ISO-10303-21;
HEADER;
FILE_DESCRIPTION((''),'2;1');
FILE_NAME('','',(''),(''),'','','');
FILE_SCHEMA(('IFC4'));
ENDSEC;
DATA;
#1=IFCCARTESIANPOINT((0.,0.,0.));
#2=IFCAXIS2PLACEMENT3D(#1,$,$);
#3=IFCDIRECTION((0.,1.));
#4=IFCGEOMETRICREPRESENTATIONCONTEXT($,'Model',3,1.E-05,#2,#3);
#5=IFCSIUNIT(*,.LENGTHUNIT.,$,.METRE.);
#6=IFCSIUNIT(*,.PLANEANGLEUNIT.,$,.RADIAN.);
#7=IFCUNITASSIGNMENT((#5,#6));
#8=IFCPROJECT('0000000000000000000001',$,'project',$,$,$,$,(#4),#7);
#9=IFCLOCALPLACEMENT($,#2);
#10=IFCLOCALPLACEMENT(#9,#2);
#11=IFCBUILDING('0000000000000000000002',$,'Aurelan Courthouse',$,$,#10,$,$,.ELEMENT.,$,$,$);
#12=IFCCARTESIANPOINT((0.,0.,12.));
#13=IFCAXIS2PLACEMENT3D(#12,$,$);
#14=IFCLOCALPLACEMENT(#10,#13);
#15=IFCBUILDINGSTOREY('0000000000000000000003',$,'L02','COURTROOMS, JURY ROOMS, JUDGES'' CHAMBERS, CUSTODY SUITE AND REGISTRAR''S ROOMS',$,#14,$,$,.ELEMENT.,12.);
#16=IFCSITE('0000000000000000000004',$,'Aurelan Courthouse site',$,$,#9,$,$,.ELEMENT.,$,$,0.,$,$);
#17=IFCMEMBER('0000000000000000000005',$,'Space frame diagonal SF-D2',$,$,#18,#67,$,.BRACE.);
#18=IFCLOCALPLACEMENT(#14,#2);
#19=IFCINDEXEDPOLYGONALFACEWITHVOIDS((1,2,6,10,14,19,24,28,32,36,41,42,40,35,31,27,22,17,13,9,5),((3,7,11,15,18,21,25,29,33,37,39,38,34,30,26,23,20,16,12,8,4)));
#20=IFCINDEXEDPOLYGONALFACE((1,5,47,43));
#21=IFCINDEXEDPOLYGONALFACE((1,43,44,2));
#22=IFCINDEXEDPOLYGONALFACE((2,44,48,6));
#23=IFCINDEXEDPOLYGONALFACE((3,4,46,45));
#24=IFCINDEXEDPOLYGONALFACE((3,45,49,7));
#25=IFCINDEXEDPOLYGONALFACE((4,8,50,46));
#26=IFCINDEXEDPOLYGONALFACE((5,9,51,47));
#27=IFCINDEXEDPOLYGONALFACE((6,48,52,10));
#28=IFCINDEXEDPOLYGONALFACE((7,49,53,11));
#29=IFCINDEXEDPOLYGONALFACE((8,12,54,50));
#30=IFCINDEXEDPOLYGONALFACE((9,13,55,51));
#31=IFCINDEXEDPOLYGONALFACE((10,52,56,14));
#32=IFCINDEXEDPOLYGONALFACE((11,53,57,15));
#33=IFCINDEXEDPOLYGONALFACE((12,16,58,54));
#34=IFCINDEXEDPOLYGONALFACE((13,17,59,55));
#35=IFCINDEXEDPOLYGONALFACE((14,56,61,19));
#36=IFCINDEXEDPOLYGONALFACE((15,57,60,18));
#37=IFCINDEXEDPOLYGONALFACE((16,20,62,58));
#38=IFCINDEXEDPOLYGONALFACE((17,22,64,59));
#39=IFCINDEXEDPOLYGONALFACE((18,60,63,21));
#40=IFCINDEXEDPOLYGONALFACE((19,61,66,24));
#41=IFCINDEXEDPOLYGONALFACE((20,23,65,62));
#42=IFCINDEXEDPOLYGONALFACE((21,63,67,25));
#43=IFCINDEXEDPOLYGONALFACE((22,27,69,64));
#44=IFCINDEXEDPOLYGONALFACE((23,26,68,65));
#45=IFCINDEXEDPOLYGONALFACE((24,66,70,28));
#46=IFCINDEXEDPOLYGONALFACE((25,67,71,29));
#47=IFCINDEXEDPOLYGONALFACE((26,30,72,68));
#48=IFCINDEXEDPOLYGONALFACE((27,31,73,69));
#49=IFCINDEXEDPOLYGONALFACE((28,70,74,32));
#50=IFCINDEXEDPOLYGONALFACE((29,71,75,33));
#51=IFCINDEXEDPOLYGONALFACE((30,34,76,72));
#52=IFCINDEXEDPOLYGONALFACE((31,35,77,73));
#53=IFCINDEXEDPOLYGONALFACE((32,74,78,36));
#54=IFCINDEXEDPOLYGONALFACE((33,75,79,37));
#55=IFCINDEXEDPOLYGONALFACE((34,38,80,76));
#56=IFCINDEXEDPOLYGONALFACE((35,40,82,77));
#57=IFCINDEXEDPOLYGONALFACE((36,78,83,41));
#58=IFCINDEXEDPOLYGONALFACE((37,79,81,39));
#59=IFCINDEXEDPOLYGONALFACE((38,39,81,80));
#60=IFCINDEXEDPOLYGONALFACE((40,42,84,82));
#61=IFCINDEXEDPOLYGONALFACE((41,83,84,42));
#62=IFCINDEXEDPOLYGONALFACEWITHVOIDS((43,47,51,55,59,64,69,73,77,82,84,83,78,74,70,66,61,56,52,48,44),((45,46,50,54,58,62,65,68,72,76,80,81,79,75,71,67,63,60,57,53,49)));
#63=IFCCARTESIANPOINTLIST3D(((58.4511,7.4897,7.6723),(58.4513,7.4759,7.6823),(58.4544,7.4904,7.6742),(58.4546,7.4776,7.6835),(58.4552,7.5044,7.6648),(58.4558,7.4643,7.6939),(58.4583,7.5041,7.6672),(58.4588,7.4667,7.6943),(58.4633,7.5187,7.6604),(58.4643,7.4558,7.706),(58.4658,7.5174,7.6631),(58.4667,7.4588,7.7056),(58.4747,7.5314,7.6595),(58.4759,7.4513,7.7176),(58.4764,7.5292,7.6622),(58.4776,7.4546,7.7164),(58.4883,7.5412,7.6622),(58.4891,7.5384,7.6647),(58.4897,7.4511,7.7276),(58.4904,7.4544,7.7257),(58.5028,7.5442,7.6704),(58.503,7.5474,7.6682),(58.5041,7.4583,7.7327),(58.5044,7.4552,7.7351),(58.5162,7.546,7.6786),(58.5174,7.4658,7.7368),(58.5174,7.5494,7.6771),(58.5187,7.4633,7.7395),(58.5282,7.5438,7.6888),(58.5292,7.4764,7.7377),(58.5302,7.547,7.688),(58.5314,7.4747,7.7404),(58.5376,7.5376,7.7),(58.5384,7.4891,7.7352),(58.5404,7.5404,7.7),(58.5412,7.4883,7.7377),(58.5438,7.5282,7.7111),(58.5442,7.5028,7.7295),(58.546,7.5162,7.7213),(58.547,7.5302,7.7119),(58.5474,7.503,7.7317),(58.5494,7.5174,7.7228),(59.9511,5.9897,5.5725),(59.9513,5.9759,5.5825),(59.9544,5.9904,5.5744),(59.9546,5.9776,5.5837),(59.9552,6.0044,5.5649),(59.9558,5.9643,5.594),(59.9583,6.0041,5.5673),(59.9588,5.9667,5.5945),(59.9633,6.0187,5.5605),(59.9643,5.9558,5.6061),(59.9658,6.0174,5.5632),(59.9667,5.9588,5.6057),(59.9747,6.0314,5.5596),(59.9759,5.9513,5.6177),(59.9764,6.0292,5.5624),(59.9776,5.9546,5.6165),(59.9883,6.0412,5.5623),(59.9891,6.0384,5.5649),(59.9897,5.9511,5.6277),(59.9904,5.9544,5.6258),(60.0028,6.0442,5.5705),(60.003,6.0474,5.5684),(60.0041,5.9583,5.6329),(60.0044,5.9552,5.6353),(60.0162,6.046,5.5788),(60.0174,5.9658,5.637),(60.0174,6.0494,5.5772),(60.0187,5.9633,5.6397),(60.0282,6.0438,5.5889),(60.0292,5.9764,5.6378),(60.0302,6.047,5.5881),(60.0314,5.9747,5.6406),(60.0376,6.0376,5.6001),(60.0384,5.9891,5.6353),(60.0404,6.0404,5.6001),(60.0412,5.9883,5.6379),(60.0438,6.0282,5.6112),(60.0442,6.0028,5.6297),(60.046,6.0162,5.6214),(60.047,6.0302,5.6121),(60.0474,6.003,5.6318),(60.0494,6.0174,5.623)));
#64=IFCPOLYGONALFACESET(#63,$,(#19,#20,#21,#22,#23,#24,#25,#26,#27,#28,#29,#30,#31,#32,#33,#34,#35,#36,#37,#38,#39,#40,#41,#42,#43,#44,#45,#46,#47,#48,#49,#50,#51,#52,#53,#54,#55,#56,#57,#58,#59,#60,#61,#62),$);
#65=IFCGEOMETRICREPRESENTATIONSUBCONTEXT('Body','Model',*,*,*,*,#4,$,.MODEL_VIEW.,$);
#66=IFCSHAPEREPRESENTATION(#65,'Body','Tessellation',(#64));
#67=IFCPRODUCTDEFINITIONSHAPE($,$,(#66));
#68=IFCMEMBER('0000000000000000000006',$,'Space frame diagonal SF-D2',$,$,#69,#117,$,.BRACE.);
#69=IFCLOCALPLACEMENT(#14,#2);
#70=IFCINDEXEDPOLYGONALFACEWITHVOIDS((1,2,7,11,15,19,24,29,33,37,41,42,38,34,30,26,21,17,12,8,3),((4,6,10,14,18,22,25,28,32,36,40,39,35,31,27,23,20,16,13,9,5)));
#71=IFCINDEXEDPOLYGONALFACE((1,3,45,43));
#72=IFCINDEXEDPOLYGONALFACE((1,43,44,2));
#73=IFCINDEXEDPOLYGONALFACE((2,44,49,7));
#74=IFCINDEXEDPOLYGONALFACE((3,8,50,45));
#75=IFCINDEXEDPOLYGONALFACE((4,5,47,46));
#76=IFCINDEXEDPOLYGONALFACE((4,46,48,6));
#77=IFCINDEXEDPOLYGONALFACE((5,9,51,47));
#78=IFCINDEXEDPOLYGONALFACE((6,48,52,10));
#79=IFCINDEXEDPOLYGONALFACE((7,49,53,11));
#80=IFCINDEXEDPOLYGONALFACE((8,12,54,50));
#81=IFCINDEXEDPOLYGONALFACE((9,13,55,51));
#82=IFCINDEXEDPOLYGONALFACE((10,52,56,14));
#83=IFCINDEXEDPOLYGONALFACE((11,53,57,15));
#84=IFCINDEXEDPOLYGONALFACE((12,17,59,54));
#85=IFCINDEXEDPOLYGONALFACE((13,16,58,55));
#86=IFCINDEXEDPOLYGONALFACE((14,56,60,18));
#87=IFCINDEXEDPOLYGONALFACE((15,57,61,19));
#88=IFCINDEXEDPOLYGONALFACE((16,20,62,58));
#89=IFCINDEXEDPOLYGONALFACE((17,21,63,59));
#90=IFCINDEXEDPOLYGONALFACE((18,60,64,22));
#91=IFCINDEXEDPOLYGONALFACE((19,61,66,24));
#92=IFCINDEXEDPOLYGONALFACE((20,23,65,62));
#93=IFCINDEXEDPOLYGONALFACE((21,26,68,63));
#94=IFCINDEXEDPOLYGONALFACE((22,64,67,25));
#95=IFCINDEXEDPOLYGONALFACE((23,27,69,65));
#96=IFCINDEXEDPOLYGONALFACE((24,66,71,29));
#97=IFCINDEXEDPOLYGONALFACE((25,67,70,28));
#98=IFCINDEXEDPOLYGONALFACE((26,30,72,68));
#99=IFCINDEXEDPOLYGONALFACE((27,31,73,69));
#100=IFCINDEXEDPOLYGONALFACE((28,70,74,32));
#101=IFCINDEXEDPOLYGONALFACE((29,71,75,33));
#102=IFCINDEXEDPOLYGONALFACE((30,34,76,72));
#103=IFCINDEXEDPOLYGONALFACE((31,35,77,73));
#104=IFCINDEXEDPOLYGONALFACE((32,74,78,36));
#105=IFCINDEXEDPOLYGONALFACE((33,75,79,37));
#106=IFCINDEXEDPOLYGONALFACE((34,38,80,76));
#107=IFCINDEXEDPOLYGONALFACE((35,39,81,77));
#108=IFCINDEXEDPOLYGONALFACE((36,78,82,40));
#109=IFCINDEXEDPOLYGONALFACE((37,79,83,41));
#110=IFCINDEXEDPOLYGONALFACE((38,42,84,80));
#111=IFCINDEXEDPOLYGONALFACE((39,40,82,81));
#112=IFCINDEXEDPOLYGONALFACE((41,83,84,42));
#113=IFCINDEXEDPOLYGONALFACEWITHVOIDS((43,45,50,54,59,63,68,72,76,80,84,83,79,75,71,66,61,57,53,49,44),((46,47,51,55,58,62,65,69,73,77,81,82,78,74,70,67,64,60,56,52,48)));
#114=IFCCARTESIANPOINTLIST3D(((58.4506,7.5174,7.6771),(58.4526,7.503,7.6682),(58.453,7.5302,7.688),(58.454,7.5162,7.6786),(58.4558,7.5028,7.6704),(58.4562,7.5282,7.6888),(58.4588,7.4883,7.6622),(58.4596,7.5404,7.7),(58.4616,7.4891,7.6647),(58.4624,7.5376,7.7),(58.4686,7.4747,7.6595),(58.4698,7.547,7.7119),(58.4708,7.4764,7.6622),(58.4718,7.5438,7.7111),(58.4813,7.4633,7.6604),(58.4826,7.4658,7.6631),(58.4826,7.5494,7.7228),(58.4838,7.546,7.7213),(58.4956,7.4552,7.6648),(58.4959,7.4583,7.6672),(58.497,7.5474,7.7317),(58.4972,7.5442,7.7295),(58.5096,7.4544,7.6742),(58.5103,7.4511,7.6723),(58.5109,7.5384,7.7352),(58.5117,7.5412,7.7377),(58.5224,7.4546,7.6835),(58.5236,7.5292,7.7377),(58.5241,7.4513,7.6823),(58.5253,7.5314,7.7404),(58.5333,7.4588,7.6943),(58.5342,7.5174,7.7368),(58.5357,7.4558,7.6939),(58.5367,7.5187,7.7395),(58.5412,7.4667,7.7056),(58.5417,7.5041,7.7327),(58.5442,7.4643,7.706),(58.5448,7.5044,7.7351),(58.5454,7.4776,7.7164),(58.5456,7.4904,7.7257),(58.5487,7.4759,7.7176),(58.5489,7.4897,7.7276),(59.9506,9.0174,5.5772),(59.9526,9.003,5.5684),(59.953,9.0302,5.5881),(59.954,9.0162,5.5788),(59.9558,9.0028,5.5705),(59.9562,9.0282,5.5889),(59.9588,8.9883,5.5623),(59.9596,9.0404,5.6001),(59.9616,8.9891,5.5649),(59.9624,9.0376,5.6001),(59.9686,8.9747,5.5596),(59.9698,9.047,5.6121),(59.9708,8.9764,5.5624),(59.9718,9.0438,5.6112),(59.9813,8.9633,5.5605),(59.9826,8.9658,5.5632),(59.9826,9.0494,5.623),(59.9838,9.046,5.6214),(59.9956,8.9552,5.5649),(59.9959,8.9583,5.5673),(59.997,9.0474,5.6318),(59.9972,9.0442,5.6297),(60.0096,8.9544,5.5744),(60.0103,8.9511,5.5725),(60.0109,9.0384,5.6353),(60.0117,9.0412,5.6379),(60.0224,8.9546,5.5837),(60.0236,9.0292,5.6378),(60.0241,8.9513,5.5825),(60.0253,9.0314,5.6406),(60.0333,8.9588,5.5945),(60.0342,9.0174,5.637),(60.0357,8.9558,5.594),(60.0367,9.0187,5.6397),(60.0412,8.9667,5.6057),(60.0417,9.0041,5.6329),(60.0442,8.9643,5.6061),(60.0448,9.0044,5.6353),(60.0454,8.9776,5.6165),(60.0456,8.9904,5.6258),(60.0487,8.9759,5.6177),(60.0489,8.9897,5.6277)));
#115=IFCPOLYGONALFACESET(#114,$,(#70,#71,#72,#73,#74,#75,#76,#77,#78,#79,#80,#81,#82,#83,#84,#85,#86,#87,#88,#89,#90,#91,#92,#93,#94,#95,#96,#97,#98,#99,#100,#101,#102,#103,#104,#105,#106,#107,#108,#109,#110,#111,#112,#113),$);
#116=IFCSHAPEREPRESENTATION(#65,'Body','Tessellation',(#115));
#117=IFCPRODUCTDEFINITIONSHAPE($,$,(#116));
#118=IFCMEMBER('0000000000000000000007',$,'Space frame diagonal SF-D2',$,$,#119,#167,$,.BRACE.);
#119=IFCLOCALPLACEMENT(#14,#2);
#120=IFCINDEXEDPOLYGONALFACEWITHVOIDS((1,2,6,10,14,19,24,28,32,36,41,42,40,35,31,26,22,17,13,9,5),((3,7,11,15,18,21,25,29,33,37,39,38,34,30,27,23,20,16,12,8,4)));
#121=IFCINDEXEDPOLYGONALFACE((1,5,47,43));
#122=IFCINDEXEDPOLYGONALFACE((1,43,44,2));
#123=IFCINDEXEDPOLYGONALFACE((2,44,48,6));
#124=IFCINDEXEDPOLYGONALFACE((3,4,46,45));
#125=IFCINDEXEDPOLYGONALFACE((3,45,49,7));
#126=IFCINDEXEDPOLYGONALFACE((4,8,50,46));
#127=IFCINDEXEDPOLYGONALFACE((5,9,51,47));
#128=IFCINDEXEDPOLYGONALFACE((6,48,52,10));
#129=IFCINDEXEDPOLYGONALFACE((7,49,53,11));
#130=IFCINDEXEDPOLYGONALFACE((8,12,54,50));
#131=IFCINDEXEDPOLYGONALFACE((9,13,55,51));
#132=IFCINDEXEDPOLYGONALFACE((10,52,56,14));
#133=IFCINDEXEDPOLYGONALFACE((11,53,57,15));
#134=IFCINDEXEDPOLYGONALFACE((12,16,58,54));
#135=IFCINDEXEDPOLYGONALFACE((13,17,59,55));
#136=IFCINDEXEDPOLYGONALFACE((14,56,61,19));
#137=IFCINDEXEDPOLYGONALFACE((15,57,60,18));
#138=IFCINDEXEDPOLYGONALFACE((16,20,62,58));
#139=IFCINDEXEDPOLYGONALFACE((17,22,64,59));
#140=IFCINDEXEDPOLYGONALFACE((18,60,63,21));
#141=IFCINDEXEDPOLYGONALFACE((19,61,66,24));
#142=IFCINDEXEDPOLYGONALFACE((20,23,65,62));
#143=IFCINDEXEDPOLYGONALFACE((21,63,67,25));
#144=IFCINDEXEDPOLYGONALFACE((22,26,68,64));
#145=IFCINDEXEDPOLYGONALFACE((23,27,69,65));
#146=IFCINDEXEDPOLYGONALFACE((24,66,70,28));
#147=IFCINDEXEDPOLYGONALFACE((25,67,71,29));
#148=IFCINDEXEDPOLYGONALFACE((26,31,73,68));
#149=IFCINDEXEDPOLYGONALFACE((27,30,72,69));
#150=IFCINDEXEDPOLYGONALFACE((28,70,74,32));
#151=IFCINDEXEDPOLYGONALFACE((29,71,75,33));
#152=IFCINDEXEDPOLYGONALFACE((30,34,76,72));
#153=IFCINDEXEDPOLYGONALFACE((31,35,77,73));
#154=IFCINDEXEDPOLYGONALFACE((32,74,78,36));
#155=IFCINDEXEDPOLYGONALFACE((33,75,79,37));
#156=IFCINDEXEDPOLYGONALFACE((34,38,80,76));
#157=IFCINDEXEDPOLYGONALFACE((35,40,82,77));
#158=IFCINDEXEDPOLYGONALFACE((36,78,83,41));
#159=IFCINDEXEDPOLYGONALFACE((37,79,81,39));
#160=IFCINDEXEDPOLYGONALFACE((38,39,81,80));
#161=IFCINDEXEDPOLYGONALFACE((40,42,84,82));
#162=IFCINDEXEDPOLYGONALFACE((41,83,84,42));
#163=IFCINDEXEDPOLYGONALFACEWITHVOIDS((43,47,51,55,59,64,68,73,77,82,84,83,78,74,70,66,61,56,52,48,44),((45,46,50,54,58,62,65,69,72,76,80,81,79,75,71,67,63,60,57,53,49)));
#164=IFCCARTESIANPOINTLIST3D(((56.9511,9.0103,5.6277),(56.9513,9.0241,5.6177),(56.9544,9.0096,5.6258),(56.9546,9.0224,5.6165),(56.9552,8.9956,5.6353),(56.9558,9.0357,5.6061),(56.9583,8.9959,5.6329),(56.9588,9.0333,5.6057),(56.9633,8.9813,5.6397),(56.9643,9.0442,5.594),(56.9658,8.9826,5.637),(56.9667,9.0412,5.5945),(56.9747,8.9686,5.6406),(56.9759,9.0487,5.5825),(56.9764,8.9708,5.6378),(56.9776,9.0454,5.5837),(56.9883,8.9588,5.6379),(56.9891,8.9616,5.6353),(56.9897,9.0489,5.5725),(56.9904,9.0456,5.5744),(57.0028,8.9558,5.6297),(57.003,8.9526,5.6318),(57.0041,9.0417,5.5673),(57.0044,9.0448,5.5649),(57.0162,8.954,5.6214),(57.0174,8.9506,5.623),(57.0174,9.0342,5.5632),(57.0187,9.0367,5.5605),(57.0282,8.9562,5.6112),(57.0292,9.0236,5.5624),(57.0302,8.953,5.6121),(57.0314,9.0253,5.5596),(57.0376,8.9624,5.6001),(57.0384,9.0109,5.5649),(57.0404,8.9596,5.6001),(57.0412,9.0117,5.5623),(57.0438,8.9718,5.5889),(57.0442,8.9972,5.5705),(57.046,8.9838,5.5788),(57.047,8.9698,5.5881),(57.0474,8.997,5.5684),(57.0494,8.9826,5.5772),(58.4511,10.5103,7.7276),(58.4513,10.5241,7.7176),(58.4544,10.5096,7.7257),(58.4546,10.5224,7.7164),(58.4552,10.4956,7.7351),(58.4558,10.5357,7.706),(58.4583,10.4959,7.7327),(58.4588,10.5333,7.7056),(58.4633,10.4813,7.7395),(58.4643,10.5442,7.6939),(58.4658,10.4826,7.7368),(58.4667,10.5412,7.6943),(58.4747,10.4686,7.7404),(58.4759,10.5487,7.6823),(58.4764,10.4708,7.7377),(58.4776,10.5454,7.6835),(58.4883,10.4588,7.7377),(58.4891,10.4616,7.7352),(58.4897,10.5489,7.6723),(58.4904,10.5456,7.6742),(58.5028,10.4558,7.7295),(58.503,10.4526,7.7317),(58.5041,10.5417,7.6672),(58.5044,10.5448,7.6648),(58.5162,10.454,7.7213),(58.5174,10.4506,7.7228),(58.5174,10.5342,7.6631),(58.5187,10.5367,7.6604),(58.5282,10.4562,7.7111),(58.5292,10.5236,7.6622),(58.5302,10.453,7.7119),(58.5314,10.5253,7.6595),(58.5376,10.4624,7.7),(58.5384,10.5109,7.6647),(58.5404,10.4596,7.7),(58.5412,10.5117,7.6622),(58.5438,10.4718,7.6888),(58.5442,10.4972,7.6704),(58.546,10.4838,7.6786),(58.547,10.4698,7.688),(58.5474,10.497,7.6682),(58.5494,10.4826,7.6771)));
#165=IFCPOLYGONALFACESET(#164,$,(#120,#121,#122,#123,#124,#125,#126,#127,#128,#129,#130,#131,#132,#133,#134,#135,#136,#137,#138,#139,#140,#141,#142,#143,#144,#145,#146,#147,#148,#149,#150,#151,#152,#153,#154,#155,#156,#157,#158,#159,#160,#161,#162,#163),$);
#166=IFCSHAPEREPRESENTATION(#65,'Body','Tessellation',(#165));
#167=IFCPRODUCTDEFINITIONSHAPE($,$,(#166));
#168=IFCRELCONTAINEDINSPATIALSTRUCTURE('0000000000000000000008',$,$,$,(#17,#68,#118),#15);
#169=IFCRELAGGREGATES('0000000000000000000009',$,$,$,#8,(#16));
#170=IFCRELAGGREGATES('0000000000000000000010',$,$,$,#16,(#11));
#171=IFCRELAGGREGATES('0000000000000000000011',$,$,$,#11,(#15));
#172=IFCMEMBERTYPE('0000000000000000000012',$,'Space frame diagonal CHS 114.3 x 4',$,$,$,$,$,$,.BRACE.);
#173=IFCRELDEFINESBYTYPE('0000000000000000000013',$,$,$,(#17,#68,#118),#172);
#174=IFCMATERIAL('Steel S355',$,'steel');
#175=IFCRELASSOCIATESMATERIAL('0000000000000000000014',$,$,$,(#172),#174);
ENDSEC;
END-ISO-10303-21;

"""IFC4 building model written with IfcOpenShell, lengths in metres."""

from ifc_helpers import new_model, si_unit, direction, frame, origin, origin_2d, place, context, subcontext, project, spatial, hollow_circle, extrude, material, material_profile, profile_set, type_object, element, save


model = new_model("IFC4")

# Units and contexts
model_context = context("Model", 3, precision=1e-05, world=origin(), true_north=direction((0.0, 1.0)))
body_context = subcontext(model_context, "Body", "Model", "MODEL_VIEW")
ifc_project = project(units=[si_unit("LENGTHUNIT", "METRE"), si_unit("PLANEANGLEUNIT", "RADIAN")], contexts=[model_context])

# Site, building, storey
site_placement = place(None, origin())
site = spatial("IfcSite", under=ifc_project, at=site_placement, Name="Aurelan Courthouse site", CompositionType="ELEMENT", RefElevation=0.0)
building_placement = place(site_placement, origin())
building = spatial("IfcBuilding", under=site, at=building_placement, Name="Aurelan Courthouse", CompositionType="ELEMENT")
storey_placement = place(building_placement, frame((0.0, 0.0, 12.0)))
storey = spatial("IfcBuildingStorey", under=building, at=storey_placement, Name="L02", Description="COURTROOMS, JURY ROOMS, JUDGES' CHAMBERS, CUSTODY SUITE AND REGISTRAR'S ROOMS", CompositionType="ELEMENT", Elevation=12.0)

# Members
ifc_material_1 = material(Name="Steel S355", Category="steel")
ifc_material_profile_1 = material_profile(ifc_material_1, hollow_circle(Radius=0.0571, WallThickness=0.0039, at=origin_2d()), Name="CHS 114.3 x 4")
ifc_profile_set_1 = profile_set([ifc_material_profile_1], Name="Steel S355")
member_type_1 = type_object("IfcMemberType", Name="Space frame diagonal CHS 114.3 x 4", PredefinedType="BRACE", material=ifc_profile_set_1)
for number, where, z_axis, x_axis, name in (
    (1, (58.5, 7.5, 7.7), (0.502536, -0.502536, -0.703502), (0.707107, 0.707107, 0.0), "Space frame diagonal SF-D2"),
    (2, (58.5, 7.5, 7.7), (0.502536, 0.502536, -0.703502), (-0.707107, 0.707107, 0.0), "Space frame diagonal SF-D2"),
    (3, (58.5, 10.5, 7.7), (-0.502536, -0.502536, -0.703502), (0.707107, -0.707107, 0.0), "Space frame diagonal SF-D2"),
):
    element("IfcMember", number, at=place(storey_placement, frame(where, z_axis=z_axis, x_axis=x_axis)), inside=storey, type_object=member_type_1, Name=name, PredefinedType="BRACE", context=body_context, shape_type="SweptSolid", body=[
        extrude(hollow_circle(Radius=0.0571, WallThickness=0.0039, at=origin_2d()), origin(), (0.0, 0.0, 1.0), 2.9849),
    ])

save(model, "model.ifc")
